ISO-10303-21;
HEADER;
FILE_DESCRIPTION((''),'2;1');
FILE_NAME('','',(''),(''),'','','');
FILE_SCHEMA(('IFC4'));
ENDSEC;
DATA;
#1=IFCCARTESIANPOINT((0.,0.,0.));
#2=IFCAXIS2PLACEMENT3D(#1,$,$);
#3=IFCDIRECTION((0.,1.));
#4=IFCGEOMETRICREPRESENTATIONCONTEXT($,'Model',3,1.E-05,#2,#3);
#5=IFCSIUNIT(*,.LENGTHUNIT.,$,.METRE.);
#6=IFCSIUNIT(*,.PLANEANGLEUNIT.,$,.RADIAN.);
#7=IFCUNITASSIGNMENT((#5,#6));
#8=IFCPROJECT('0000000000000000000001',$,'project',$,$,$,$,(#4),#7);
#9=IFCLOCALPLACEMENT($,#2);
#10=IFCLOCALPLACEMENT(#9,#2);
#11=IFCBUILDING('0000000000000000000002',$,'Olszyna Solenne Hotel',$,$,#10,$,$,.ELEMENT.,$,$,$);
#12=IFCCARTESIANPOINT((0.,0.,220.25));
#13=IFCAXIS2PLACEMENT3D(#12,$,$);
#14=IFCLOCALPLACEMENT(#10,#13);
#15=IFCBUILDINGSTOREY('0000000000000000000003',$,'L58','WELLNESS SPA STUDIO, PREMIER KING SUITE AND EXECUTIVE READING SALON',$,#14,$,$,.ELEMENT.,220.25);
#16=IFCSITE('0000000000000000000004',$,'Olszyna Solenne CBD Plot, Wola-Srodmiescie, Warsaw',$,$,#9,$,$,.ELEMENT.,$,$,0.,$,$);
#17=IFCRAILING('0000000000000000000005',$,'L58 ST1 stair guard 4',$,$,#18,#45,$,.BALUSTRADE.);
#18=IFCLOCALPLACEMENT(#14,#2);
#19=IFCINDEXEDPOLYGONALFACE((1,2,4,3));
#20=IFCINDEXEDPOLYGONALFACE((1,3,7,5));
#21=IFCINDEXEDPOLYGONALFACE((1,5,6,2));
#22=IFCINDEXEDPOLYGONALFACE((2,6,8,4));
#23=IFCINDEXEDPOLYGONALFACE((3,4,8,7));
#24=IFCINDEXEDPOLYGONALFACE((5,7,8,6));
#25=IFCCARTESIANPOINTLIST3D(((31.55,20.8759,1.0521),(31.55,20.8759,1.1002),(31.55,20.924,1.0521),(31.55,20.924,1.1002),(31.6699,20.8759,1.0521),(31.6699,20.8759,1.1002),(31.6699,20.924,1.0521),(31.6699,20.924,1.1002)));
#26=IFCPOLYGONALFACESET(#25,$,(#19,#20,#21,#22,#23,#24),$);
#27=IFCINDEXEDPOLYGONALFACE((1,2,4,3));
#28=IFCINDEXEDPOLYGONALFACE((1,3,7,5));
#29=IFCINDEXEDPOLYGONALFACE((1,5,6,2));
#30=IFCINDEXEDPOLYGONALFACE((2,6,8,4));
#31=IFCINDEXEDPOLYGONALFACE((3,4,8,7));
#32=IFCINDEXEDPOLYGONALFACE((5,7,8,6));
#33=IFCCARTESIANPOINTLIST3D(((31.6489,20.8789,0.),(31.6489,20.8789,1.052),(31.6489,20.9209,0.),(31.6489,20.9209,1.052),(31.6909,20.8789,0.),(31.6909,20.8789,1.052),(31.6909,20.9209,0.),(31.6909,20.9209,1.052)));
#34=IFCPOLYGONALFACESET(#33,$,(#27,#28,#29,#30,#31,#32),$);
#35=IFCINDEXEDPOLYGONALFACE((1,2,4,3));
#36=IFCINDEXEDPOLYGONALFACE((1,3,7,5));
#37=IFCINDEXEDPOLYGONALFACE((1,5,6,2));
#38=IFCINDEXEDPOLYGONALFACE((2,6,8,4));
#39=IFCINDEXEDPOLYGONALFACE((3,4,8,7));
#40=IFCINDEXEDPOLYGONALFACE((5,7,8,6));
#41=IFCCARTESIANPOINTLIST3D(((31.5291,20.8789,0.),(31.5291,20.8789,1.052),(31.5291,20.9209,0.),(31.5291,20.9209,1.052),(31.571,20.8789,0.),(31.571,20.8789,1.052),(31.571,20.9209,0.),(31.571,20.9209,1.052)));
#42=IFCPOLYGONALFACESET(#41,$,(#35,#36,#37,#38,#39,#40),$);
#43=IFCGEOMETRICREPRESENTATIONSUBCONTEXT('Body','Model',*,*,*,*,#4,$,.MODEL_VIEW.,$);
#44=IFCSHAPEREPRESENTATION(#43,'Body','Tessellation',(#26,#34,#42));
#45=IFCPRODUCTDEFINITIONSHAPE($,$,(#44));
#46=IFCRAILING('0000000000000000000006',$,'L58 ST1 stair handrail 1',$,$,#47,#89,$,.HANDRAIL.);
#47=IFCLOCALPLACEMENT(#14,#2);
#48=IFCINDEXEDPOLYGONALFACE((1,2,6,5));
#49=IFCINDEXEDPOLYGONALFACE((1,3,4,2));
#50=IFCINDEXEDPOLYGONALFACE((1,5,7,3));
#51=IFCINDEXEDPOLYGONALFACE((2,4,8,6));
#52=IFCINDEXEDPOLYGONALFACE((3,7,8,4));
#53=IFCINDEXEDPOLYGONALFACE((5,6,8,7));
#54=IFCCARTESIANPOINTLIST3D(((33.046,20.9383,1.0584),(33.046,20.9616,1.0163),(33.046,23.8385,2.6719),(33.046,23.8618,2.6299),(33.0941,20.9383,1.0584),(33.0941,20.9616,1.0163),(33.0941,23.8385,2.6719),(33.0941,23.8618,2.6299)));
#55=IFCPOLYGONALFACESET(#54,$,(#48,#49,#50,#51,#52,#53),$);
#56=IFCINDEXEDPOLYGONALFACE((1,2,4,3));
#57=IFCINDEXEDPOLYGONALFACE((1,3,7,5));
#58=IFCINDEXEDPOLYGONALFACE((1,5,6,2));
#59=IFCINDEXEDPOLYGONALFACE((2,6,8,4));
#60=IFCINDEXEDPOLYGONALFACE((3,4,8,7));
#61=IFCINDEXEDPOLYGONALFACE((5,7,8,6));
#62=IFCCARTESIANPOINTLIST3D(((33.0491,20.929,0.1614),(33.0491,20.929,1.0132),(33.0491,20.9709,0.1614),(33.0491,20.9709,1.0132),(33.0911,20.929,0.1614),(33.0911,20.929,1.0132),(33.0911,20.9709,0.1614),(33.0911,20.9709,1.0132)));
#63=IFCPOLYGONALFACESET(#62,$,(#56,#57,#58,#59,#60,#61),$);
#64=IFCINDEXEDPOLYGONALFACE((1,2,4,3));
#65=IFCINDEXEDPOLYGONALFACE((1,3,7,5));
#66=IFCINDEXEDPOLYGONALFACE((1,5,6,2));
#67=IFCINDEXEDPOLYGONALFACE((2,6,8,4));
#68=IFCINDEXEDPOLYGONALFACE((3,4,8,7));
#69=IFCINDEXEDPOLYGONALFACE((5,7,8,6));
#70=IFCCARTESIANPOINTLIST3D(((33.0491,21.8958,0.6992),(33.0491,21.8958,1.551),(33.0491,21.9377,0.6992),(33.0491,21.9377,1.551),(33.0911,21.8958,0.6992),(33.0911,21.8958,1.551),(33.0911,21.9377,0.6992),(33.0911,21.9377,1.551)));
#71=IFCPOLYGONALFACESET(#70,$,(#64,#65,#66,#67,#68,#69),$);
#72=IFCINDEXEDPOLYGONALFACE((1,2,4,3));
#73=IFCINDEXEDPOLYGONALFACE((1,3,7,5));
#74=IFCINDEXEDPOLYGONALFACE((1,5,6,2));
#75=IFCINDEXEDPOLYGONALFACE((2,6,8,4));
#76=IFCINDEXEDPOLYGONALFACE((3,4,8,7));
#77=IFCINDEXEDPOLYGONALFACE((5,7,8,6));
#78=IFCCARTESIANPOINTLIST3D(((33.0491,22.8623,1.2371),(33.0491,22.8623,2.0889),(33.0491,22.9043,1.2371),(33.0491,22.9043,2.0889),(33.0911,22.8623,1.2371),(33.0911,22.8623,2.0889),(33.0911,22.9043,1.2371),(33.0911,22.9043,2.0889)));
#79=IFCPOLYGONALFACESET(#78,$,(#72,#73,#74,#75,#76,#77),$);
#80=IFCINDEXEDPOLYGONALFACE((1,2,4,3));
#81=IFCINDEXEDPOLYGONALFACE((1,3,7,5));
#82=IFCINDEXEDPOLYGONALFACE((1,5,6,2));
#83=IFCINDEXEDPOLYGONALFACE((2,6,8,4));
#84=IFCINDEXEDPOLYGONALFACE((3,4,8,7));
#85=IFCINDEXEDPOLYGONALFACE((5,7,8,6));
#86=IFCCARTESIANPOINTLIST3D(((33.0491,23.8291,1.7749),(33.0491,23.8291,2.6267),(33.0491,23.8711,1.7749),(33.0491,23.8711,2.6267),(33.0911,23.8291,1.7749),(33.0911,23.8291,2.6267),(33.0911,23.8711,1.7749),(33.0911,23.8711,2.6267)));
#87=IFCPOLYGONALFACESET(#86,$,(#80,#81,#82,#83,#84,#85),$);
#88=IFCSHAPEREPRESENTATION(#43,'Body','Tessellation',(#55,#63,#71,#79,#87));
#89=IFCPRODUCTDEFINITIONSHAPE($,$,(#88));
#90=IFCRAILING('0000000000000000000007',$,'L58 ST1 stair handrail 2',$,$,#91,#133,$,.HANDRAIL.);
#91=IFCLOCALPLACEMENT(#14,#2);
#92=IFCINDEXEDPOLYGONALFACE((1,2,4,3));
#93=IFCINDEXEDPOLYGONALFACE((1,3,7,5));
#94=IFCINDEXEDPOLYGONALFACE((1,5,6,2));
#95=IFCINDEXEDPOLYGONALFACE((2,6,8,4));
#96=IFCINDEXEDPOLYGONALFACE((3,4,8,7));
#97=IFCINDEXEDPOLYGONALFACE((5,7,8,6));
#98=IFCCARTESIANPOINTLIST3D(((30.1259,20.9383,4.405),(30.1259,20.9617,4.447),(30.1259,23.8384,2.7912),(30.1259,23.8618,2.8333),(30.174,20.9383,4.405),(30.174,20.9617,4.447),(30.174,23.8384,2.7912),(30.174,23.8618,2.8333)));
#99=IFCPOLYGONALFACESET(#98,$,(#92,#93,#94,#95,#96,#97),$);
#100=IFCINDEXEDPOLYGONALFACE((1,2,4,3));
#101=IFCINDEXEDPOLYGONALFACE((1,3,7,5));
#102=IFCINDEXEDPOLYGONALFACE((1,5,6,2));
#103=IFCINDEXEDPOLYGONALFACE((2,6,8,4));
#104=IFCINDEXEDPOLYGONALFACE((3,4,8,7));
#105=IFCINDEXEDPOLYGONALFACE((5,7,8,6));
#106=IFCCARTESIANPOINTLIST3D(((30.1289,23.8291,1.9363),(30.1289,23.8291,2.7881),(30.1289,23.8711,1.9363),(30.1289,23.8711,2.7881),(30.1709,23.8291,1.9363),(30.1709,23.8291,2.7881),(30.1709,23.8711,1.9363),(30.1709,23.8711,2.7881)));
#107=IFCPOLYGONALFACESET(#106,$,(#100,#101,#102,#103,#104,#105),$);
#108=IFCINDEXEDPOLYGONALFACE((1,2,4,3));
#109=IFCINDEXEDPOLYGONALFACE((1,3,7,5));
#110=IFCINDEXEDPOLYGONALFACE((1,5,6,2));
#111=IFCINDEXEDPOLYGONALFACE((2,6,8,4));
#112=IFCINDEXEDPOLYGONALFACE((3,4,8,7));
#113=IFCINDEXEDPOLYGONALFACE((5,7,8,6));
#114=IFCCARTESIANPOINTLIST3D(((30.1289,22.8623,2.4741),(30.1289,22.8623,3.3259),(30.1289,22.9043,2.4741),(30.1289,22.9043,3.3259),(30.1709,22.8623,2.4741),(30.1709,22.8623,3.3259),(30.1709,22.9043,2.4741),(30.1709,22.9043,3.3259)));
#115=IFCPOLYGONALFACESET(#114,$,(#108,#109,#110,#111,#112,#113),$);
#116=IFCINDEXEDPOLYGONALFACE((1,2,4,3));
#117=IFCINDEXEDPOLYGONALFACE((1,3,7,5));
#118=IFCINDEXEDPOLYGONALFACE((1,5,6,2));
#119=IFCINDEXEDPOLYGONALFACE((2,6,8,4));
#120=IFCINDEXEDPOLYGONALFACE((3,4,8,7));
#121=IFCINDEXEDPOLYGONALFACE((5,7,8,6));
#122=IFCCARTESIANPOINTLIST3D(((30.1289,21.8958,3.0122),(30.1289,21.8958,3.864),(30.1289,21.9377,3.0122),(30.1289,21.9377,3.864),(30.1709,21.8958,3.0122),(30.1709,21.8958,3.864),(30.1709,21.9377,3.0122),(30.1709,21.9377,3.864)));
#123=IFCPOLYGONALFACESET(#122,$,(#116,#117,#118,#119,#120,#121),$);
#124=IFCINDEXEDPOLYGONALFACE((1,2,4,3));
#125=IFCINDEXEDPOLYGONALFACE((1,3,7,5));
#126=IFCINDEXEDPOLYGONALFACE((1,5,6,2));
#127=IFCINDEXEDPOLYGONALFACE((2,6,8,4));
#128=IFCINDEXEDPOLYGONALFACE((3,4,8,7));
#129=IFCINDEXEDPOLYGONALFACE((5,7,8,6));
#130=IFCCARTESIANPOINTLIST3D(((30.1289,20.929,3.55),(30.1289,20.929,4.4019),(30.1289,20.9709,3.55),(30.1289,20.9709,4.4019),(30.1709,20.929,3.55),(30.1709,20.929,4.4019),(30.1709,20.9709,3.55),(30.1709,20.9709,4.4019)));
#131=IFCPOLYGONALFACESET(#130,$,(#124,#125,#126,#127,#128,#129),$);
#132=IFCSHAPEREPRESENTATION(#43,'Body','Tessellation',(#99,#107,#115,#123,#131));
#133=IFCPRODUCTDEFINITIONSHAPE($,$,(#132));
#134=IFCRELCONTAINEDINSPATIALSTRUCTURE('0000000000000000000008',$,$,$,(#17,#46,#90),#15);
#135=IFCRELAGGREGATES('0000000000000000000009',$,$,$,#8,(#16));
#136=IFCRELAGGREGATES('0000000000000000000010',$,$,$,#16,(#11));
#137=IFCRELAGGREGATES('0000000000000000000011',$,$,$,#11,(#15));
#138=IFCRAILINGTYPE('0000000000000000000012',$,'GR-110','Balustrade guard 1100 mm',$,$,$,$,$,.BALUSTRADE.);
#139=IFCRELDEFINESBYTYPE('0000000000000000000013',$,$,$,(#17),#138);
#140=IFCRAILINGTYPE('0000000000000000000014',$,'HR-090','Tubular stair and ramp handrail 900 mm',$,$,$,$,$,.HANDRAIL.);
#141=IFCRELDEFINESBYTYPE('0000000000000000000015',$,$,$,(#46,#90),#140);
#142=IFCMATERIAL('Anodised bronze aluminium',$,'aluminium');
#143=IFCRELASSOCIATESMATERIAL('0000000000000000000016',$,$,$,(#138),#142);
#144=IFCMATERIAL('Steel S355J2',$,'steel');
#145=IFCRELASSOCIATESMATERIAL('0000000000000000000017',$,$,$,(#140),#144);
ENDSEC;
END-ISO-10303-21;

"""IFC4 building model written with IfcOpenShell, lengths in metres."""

from ifc_helpers import new_model, si_unit, direction, frame, origin, origin_2d, place, context, subcontext, project, spatial, rectangle, extrude, material, type_object, element, save


model = new_model("IFC4")

# Units and contexts
model_context = context("Model", 3, precision=1e-05, world=origin(), true_north=direction((0.0, 1.0)))
body_context = subcontext(model_context, "Body", "Model", "MODEL_VIEW")
ifc_project = project(units=[si_unit("LENGTHUNIT", "METRE"), si_unit("PLANEANGLEUNIT", "RADIAN")], contexts=[model_context])

# Site, building, storey
site_placement = place(None, origin())
site = spatial("IfcSite", under=ifc_project, at=site_placement, Name="Olszyna Solenne CBD Plot, Wola-Srodmiescie, Warsaw", CompositionType="ELEMENT", RefElevation=0.0)
building_placement = place(site_placement, origin())
building = spatial("IfcBuilding", under=site, at=building_placement, Name="Olszyna Solenne Hotel", CompositionType="ELEMENT")
storey_placement = place(building_placement, frame((0.0, 0.0, 220.25)))
storey = spatial("IfcBuildingStorey", under=building, at=storey_placement, Name="L58", Description="WELLNESS SPA STUDIO, PREMIER KING SUITE AND EXECUTIVE READING SALON", CompositionType="ELEMENT", Elevation=220.25)

# Shared definitions
ifc_material_1 = material(Name="Steel S355J2", Category="steel")

# Shared definitions
ifc_material_2 = material(Name="Anodised bronze aluminium", Category="aluminium")

# Railings
railing_type_1 = type_object("IfcRailingType", Name="GR-110", Description="Balustrade guard 1100 mm", PredefinedType="BALUSTRADE", material=ifc_material_2)
railing_1_placement = place(storey_placement, frame((31.6699, 20.8999, 0.0)))
element("IfcRailing", 1, at=railing_1_placement, inside=storey, type_object=railing_type_1, Name="L58 ST1 stair guard 4", PredefinedType="BALUSTRADE", context=body_context, shape_type="SweptSolid", body=[
    extrude(rectangle(XDim=0.0481, YDim=0.0481, at=origin_2d()), frame((0.0, 0.0, 1.0762), z_axis=(-1.0, 0.0, 0.0), x_axis=(0.0, -1.0, 0.0)), (0.0, 0.0, 1.0), 0.1199),
    extrude(rectangle(XDim=0.042, YDim=0.042, at=origin_2d()), origin(), (0.0, 0.0, 1.0), 1.052),
    extrude(rectangle(XDim=0.042, YDim=0.042, at=origin_2d()), frame((-0.1199, 0.0, 0.0)), (0.0, 0.0, 1.0), 1.052),
])
railing_type_2 = type_object("IfcRailingType", Name="HR-090", Description="Tubular stair and ramp handrail 900 mm", PredefinedType="HANDRAIL", material=ifc_material_1)
railing_2_placement = place(storey_placement, frame((33.0701, 20.95, 0.1614)))
element("IfcRailing", 2, at=railing_2_placement, inside=storey, type_object=railing_type_2, Name="L58 ST1 stair handrail 1", PredefinedType="HANDRAIL", context=body_context, shape_type="SweptSolid", body=[
    extrude(rectangle(XDim=0.0481, YDim=0.0481, at=origin_2d()), frame((0.0, 0.0, 0.876), z_axis=(0.0, 0.873859, 0.48618), x_axis=(-1.0, 0.0, 0.0)), (0.0, 0.0, 1.0), 3.3188),
    extrude(rectangle(XDim=0.042, YDim=0.042, at=origin_2d()), origin(), (0.0, 0.0, 1.0), 0.8518),
    extrude(rectangle(XDim=0.042, YDim=0.042, at=origin_2d()), frame((0.0, 0.9668, 0.5378)), (0.0, 0.0, 1.0), 0.8518),
    extrude(rectangle(XDim=0.042, YDim=0.042, at=origin_2d()), frame((0.0, 1.9333, 1.0757)), (0.0, 0.0, 1.0), 0.8518),
    extrude(rectangle(XDim=0.042, YDim=0.042, at=origin_2d()), frame((0.0, 2.9001, 1.6135)), (0.0, 0.0, 1.0), 0.8518),
])
railing_3_placement = place(storey_placement, frame((30.1499, 23.8501, 1.9363)))
element("IfcRailing", 3, at=railing_3_placement, inside=storey, type_object=railing_type_2, Name="L58 ST1 stair handrail 2", PredefinedType="HANDRAIL", context=body_context, shape_type="SweptSolid", body=[
    extrude(rectangle(XDim=0.0481, YDim=0.0481, at=origin_2d()), frame((0.0, 0.0, 0.876), z_axis=(0.0, -0.873827, 0.486236), x_axis=(1.0, 0.0, 0.0)), (0.0, 0.0, 1.0), 3.3188),
    extrude(rectangle(XDim=0.042, YDim=0.042, at=origin_2d()), origin(), (0.0, 0.0, 1.0), 0.8518),
    extrude(rectangle(XDim=0.042, YDim=0.042, at=origin_2d()), frame((0.0, -0.9668, 0.5378)), (0.0, 0.0, 1.0), 0.8518),
    extrude(rectangle(XDim=0.042, YDim=0.042, at=origin_2d()), frame((0.0, -1.9333, 1.0759)), (0.0, 0.0, 1.0), 0.8518),
    extrude(rectangle(XDim=0.042, YDim=0.042, at=origin_2d()), frame((0.0, -2.9001, 1.6138)), (0.0, 0.0, 1.0), 0.8518),
])

save(model, "model.ifc")
